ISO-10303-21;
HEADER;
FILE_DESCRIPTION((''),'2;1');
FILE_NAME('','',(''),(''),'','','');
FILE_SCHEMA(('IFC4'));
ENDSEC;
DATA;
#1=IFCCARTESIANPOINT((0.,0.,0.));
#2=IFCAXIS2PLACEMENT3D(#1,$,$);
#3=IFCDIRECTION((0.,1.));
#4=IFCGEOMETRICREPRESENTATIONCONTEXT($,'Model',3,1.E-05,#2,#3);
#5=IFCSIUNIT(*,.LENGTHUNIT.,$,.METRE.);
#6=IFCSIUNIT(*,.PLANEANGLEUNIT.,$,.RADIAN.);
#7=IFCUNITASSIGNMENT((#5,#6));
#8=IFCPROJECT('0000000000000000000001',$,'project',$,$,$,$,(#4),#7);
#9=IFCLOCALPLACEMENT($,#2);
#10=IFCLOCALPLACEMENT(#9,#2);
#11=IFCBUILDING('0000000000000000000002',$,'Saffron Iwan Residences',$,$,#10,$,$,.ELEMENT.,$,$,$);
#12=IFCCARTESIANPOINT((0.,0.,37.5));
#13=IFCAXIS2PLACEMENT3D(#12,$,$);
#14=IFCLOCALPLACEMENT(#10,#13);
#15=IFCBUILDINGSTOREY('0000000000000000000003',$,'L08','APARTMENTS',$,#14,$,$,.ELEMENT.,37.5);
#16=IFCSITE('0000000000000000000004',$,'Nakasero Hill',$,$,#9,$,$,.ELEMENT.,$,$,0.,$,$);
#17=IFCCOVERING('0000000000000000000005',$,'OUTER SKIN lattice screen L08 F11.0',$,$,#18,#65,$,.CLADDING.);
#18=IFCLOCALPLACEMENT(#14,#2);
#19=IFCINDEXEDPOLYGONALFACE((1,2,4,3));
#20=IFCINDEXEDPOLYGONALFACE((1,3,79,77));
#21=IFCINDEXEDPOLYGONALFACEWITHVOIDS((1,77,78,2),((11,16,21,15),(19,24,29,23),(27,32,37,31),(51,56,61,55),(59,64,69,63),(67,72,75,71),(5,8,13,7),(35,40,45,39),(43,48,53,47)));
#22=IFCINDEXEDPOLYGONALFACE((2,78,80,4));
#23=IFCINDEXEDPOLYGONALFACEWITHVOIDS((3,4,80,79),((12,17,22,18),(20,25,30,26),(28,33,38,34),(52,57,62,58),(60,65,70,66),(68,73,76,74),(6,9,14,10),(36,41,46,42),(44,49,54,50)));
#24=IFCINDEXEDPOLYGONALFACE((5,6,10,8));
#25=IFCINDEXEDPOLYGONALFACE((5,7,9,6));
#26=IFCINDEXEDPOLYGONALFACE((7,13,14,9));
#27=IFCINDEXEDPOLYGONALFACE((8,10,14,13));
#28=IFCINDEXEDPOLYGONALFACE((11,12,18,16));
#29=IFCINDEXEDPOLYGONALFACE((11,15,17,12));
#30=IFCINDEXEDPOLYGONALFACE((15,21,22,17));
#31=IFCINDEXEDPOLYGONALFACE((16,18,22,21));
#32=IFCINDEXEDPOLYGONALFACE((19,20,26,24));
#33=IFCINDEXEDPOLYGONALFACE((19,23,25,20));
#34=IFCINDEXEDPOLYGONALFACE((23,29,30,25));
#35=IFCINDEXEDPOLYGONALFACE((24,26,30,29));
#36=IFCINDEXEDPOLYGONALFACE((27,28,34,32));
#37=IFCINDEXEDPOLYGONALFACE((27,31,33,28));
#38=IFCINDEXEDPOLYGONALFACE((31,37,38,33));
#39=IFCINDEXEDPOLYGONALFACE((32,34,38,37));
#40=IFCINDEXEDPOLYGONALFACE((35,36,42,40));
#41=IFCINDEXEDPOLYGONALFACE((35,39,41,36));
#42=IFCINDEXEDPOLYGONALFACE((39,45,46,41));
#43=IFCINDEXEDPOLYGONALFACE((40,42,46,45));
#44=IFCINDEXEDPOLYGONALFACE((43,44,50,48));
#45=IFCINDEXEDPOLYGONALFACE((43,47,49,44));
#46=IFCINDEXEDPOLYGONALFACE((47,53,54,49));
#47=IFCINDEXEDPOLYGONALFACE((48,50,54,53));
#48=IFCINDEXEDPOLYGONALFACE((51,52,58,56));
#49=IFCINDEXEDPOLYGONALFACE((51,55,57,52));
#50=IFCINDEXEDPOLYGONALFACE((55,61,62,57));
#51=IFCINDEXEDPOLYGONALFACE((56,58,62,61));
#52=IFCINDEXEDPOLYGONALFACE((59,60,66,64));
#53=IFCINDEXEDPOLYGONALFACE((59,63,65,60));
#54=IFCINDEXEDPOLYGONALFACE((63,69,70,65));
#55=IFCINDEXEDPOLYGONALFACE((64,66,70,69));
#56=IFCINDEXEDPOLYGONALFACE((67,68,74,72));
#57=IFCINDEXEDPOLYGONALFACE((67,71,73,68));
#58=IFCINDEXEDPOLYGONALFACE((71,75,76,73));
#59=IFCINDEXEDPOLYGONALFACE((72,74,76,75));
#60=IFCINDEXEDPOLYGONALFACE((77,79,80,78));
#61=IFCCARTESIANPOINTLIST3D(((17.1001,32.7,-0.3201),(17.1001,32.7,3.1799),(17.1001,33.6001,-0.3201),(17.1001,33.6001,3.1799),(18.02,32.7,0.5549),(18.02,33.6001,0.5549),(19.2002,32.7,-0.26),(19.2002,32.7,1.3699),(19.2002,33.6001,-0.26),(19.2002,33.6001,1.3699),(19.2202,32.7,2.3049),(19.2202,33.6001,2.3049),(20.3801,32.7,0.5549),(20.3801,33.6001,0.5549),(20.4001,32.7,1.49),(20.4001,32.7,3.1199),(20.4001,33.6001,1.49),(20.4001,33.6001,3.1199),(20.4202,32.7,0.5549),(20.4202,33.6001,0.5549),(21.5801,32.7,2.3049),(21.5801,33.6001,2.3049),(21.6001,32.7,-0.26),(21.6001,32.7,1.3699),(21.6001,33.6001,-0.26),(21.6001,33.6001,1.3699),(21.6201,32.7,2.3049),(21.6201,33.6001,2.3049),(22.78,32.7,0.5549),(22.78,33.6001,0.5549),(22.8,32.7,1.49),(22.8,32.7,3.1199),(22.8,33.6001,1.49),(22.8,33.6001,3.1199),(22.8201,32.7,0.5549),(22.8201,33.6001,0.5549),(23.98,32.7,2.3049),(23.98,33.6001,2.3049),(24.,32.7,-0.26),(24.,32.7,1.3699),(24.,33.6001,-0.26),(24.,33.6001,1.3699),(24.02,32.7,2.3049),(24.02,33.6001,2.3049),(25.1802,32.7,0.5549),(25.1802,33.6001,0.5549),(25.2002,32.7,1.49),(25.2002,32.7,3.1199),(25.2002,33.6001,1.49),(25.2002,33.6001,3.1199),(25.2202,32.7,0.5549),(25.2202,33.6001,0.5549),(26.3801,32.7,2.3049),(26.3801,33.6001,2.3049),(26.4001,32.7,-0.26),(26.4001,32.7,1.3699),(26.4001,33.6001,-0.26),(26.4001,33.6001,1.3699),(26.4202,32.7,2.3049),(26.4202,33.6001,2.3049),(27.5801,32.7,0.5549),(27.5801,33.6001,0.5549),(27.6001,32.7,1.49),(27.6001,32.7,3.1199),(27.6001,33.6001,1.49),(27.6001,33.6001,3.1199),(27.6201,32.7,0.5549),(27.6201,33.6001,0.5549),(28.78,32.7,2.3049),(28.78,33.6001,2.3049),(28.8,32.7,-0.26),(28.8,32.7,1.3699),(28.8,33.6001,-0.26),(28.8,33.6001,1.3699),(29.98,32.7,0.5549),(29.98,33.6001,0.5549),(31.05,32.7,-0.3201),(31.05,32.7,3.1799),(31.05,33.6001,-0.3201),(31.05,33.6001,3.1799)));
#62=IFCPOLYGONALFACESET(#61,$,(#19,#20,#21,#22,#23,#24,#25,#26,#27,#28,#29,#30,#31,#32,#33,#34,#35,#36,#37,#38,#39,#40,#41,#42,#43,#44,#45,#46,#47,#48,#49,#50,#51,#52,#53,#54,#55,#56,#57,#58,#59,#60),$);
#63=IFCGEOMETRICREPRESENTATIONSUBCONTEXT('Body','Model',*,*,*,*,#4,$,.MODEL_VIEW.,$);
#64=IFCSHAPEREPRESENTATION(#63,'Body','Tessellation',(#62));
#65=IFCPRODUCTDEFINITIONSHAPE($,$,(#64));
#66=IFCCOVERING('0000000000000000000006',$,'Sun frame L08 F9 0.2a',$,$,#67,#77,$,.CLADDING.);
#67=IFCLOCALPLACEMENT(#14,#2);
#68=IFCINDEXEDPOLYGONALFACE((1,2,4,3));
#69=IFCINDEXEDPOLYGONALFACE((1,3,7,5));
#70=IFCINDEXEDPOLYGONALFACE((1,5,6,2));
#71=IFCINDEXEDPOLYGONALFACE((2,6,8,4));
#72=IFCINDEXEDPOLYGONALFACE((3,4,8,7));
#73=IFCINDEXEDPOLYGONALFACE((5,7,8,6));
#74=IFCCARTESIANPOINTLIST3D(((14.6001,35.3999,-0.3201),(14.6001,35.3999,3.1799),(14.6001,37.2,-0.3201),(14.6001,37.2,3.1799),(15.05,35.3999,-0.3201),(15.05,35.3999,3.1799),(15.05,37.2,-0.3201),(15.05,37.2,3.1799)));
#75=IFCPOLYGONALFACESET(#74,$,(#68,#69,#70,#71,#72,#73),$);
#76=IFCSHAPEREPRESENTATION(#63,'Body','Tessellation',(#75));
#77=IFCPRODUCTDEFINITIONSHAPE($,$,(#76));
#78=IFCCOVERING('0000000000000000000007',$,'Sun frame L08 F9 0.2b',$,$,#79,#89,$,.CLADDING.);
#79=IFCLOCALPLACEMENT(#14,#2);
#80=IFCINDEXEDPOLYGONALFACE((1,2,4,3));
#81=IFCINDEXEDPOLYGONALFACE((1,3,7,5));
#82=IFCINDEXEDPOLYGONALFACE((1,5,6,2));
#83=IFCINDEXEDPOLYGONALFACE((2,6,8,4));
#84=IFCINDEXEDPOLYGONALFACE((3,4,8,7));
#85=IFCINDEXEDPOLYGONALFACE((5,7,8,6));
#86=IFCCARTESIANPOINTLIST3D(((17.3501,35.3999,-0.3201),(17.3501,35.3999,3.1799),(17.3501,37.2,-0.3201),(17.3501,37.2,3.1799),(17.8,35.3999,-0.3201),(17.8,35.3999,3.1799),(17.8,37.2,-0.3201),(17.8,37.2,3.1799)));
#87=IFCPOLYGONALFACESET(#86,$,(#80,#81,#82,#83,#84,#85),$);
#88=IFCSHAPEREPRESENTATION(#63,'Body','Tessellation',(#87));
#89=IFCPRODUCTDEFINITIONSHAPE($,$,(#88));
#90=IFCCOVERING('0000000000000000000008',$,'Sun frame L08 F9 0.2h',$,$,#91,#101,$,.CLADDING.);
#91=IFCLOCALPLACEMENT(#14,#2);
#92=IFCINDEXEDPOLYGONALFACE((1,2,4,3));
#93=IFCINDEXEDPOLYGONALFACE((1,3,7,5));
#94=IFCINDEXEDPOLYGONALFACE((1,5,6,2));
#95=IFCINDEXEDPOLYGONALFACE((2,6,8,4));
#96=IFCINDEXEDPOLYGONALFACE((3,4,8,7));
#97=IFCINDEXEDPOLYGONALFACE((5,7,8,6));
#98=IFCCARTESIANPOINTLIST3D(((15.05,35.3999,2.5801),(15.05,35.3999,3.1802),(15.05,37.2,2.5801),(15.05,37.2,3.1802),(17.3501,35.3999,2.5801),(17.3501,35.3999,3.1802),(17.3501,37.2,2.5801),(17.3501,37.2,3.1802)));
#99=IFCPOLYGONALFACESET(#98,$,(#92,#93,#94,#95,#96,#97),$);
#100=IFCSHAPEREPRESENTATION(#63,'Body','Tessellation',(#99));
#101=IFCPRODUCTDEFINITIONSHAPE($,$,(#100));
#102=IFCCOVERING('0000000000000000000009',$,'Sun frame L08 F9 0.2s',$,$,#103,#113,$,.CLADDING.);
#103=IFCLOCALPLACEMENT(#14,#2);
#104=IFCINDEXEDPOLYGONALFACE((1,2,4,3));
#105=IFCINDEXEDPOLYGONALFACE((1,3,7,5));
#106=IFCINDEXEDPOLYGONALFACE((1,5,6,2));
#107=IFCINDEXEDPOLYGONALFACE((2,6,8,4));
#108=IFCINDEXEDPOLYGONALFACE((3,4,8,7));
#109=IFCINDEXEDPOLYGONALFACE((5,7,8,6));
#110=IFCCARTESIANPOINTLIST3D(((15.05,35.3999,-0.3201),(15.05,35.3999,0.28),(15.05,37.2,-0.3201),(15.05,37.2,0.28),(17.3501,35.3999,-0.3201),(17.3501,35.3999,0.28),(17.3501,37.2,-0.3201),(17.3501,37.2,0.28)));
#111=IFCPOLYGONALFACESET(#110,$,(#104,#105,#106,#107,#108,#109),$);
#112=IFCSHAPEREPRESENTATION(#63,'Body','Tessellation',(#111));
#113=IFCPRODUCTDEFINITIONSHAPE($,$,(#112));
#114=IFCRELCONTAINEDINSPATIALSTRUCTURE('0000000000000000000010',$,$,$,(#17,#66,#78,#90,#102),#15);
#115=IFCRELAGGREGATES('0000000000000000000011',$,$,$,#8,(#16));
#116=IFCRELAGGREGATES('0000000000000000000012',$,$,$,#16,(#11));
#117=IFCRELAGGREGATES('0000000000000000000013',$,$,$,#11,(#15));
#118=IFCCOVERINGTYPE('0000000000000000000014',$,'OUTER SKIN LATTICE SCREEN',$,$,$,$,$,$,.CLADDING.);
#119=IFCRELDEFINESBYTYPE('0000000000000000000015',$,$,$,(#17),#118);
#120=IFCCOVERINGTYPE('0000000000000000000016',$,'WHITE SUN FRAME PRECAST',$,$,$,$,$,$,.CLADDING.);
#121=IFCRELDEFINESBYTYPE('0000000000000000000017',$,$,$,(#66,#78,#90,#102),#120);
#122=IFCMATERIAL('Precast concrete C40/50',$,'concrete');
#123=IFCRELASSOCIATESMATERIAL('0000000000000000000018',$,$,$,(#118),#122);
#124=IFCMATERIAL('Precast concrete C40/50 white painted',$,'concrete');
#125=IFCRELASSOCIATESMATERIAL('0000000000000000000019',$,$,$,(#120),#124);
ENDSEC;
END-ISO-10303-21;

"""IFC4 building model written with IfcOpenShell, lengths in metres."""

from ifc_helpers import new_model, si_unit, direction, frame, origin, place, context, subcontext, project, spatial, polyline, outline, extrude, material, type_object, element, save


model = new_model("IFC4")

# Units and contexts
model_context = context("Model", 3, precision=1e-05, world=origin(), true_north=direction((0.0, 1.0)))
body_context = subcontext(model_context, "Body", "Model", "MODEL_VIEW")
ifc_project = project(units=[si_unit("LENGTHUNIT", "METRE"), si_unit("PLANEANGLEUNIT", "RADIAN")], contexts=[model_context])

# Site, building, storey
site_placement = place(None, origin())
site = spatial("IfcSite", under=ifc_project, at=site_placement, Name="Nakasero Hill", CompositionType="ELEMENT", RefElevation=0.0)
building_placement = place(site_placement, origin())
building = spatial("IfcBuilding", under=site, at=building_placement, Name="Saffron Iwan Residences", CompositionType="ELEMENT")
storey_placement = place(building_placement, frame((0.0, 0.0, 37.5)))
storey = spatial("IfcBuildingStorey", under=building, at=storey_placement, Name="L08", Description="APARTMENTS", CompositionType="ELEMENT", Elevation=37.5)

# Coverings
ifc_material_1 = material(Name="Precast concrete C40/50", Category="concrete")
covering_type_1 = type_object("IfcCoveringType", Name="OUTER SKIN LATTICE SCREEN", PredefinedType="CLADDING", material=ifc_material_1)
covering_1_placement = place(storey_placement, frame((17.1001, 33.6001, -0.3201), z_axis=(0.0, -1.0, 0.0), x_axis=(1.0, 0.0, 0.0)))
element("IfcCovering", 1, at=covering_1_placement, inside=storey, type_object=covering_type_1, Name="OUTER SKIN lattice screen L08 F11.0", PredefinedType="CLADDING", context=body_context, shape_type="SweptSolid", body=[
    extrude(outline(polyline([(0.0, 0.0), (13.95, 0.0), (13.95, 3.5), (0.0, 3.5), (0.0, 0.0)]), holes=[polyline([(0.9199, 0.875), (2.1001, 0.0601), (3.28, 0.875), (2.1001, 1.6899), (0.9199, 0.875)]), polyline([(3.3201, 0.875), (4.5, 0.0601), (5.6799, 0.875), (4.5, 1.6899), (3.3201, 0.875)]), polyline([(5.72, 0.875), (6.8999, 0.0601), (8.0801, 0.875), (6.8999, 1.6899), (5.72, 0.875)]), polyline([(8.1201, 0.875), (9.3, 0.0601), (10.48, 0.875), (9.3, 1.6899), (8.1201, 0.875)]), polyline([(10.52, 0.875), (11.7, 0.0601), (12.8799, 0.875), (11.7, 1.6899), (10.52, 0.875)]), polyline([(2.1201, 2.625), (3.3, 1.8101), (4.48, 2.625), (3.3, 3.4399), (2.1201, 2.625)]), polyline([(4.52, 2.625), (5.7, 1.8101), (6.8799, 2.625), (5.7, 3.4399), (4.52, 2.625)]), polyline([(6.9199, 2.625), (8.1001, 1.8101), (9.28, 2.625), (8.1001, 3.4399), (6.9199, 2.625)]), polyline([(9.3201, 2.625), (10.5, 1.8101), (11.6799, 2.625), (10.5, 3.4399), (9.3201, 2.625)])]), origin(), (0.0, 0.0, 1.0), 0.9001),
])
ifc_material_2 = material(Name="Precast concrete C40/50 white painted", Category="concrete")
covering_type_2 = type_object("IfcCoveringType", Name="WHITE SUN FRAME PRECAST", PredefinedType="CLADDING", material=ifc_material_2)
for number, where, z_axis, x_axis, name in (
    (2, (14.6001, 37.2, -0.3201), (0.0, -1.0, 0.0), (1.0, 0.0, 0.0), "Sun frame L08 F9 0.2a"),
    (3, (17.3501, 37.2, -0.3201), (0.0, -1.0, 0.0), (1.0, 0.0, 0.0), "Sun frame L08 F9 0.2b"),
):
    element("IfcCovering", number, at=place(storey_placement, frame(where, z_axis=z_axis, x_axis=x_axis)), inside=storey, type_object=covering_type_2, Name=name, PredefinedType="CLADDING", context=body_context, shape_type="SweptSolid", body=[
        extrude(outline(polyline([(0.0, 0.0), (0.45, 0.0), (0.45, 3.5), (0.0, 3.5), (0.0, 0.0)])), origin(), (0.0, 0.0, 1.0), 1.8),
    ])
for number, where, z_axis, x_axis, name in (
    (4, (15.05, 37.2, 2.5801), (0.0, -1.0, 0.0), (1.0, 0.0, 0.0), "Sun frame L08 F9 0.2h"),
    (5, (15.05, 37.2, -0.3201), (0.0, -1.0, 0.0), (1.0, 0.0, 0.0), "Sun frame L08 F9 0.2s"),
):
    element("IfcCovering", number, at=place(storey_placement, frame(where, z_axis=z_axis, x_axis=x_axis)), inside=storey, type_object=covering_type_2, Name=name, PredefinedType="CLADDING", context=body_context, shape_type="SweptSolid", body=[
        extrude(outline(polyline([(0.0, 0.0), (2.3, 0.0), (2.3, 0.6001), (0.0, 0.6001), (0.0, 0.0)])), origin(), (0.0, 0.0, 1.0), 1.8),
    ])

save(model, "model.ifc")
